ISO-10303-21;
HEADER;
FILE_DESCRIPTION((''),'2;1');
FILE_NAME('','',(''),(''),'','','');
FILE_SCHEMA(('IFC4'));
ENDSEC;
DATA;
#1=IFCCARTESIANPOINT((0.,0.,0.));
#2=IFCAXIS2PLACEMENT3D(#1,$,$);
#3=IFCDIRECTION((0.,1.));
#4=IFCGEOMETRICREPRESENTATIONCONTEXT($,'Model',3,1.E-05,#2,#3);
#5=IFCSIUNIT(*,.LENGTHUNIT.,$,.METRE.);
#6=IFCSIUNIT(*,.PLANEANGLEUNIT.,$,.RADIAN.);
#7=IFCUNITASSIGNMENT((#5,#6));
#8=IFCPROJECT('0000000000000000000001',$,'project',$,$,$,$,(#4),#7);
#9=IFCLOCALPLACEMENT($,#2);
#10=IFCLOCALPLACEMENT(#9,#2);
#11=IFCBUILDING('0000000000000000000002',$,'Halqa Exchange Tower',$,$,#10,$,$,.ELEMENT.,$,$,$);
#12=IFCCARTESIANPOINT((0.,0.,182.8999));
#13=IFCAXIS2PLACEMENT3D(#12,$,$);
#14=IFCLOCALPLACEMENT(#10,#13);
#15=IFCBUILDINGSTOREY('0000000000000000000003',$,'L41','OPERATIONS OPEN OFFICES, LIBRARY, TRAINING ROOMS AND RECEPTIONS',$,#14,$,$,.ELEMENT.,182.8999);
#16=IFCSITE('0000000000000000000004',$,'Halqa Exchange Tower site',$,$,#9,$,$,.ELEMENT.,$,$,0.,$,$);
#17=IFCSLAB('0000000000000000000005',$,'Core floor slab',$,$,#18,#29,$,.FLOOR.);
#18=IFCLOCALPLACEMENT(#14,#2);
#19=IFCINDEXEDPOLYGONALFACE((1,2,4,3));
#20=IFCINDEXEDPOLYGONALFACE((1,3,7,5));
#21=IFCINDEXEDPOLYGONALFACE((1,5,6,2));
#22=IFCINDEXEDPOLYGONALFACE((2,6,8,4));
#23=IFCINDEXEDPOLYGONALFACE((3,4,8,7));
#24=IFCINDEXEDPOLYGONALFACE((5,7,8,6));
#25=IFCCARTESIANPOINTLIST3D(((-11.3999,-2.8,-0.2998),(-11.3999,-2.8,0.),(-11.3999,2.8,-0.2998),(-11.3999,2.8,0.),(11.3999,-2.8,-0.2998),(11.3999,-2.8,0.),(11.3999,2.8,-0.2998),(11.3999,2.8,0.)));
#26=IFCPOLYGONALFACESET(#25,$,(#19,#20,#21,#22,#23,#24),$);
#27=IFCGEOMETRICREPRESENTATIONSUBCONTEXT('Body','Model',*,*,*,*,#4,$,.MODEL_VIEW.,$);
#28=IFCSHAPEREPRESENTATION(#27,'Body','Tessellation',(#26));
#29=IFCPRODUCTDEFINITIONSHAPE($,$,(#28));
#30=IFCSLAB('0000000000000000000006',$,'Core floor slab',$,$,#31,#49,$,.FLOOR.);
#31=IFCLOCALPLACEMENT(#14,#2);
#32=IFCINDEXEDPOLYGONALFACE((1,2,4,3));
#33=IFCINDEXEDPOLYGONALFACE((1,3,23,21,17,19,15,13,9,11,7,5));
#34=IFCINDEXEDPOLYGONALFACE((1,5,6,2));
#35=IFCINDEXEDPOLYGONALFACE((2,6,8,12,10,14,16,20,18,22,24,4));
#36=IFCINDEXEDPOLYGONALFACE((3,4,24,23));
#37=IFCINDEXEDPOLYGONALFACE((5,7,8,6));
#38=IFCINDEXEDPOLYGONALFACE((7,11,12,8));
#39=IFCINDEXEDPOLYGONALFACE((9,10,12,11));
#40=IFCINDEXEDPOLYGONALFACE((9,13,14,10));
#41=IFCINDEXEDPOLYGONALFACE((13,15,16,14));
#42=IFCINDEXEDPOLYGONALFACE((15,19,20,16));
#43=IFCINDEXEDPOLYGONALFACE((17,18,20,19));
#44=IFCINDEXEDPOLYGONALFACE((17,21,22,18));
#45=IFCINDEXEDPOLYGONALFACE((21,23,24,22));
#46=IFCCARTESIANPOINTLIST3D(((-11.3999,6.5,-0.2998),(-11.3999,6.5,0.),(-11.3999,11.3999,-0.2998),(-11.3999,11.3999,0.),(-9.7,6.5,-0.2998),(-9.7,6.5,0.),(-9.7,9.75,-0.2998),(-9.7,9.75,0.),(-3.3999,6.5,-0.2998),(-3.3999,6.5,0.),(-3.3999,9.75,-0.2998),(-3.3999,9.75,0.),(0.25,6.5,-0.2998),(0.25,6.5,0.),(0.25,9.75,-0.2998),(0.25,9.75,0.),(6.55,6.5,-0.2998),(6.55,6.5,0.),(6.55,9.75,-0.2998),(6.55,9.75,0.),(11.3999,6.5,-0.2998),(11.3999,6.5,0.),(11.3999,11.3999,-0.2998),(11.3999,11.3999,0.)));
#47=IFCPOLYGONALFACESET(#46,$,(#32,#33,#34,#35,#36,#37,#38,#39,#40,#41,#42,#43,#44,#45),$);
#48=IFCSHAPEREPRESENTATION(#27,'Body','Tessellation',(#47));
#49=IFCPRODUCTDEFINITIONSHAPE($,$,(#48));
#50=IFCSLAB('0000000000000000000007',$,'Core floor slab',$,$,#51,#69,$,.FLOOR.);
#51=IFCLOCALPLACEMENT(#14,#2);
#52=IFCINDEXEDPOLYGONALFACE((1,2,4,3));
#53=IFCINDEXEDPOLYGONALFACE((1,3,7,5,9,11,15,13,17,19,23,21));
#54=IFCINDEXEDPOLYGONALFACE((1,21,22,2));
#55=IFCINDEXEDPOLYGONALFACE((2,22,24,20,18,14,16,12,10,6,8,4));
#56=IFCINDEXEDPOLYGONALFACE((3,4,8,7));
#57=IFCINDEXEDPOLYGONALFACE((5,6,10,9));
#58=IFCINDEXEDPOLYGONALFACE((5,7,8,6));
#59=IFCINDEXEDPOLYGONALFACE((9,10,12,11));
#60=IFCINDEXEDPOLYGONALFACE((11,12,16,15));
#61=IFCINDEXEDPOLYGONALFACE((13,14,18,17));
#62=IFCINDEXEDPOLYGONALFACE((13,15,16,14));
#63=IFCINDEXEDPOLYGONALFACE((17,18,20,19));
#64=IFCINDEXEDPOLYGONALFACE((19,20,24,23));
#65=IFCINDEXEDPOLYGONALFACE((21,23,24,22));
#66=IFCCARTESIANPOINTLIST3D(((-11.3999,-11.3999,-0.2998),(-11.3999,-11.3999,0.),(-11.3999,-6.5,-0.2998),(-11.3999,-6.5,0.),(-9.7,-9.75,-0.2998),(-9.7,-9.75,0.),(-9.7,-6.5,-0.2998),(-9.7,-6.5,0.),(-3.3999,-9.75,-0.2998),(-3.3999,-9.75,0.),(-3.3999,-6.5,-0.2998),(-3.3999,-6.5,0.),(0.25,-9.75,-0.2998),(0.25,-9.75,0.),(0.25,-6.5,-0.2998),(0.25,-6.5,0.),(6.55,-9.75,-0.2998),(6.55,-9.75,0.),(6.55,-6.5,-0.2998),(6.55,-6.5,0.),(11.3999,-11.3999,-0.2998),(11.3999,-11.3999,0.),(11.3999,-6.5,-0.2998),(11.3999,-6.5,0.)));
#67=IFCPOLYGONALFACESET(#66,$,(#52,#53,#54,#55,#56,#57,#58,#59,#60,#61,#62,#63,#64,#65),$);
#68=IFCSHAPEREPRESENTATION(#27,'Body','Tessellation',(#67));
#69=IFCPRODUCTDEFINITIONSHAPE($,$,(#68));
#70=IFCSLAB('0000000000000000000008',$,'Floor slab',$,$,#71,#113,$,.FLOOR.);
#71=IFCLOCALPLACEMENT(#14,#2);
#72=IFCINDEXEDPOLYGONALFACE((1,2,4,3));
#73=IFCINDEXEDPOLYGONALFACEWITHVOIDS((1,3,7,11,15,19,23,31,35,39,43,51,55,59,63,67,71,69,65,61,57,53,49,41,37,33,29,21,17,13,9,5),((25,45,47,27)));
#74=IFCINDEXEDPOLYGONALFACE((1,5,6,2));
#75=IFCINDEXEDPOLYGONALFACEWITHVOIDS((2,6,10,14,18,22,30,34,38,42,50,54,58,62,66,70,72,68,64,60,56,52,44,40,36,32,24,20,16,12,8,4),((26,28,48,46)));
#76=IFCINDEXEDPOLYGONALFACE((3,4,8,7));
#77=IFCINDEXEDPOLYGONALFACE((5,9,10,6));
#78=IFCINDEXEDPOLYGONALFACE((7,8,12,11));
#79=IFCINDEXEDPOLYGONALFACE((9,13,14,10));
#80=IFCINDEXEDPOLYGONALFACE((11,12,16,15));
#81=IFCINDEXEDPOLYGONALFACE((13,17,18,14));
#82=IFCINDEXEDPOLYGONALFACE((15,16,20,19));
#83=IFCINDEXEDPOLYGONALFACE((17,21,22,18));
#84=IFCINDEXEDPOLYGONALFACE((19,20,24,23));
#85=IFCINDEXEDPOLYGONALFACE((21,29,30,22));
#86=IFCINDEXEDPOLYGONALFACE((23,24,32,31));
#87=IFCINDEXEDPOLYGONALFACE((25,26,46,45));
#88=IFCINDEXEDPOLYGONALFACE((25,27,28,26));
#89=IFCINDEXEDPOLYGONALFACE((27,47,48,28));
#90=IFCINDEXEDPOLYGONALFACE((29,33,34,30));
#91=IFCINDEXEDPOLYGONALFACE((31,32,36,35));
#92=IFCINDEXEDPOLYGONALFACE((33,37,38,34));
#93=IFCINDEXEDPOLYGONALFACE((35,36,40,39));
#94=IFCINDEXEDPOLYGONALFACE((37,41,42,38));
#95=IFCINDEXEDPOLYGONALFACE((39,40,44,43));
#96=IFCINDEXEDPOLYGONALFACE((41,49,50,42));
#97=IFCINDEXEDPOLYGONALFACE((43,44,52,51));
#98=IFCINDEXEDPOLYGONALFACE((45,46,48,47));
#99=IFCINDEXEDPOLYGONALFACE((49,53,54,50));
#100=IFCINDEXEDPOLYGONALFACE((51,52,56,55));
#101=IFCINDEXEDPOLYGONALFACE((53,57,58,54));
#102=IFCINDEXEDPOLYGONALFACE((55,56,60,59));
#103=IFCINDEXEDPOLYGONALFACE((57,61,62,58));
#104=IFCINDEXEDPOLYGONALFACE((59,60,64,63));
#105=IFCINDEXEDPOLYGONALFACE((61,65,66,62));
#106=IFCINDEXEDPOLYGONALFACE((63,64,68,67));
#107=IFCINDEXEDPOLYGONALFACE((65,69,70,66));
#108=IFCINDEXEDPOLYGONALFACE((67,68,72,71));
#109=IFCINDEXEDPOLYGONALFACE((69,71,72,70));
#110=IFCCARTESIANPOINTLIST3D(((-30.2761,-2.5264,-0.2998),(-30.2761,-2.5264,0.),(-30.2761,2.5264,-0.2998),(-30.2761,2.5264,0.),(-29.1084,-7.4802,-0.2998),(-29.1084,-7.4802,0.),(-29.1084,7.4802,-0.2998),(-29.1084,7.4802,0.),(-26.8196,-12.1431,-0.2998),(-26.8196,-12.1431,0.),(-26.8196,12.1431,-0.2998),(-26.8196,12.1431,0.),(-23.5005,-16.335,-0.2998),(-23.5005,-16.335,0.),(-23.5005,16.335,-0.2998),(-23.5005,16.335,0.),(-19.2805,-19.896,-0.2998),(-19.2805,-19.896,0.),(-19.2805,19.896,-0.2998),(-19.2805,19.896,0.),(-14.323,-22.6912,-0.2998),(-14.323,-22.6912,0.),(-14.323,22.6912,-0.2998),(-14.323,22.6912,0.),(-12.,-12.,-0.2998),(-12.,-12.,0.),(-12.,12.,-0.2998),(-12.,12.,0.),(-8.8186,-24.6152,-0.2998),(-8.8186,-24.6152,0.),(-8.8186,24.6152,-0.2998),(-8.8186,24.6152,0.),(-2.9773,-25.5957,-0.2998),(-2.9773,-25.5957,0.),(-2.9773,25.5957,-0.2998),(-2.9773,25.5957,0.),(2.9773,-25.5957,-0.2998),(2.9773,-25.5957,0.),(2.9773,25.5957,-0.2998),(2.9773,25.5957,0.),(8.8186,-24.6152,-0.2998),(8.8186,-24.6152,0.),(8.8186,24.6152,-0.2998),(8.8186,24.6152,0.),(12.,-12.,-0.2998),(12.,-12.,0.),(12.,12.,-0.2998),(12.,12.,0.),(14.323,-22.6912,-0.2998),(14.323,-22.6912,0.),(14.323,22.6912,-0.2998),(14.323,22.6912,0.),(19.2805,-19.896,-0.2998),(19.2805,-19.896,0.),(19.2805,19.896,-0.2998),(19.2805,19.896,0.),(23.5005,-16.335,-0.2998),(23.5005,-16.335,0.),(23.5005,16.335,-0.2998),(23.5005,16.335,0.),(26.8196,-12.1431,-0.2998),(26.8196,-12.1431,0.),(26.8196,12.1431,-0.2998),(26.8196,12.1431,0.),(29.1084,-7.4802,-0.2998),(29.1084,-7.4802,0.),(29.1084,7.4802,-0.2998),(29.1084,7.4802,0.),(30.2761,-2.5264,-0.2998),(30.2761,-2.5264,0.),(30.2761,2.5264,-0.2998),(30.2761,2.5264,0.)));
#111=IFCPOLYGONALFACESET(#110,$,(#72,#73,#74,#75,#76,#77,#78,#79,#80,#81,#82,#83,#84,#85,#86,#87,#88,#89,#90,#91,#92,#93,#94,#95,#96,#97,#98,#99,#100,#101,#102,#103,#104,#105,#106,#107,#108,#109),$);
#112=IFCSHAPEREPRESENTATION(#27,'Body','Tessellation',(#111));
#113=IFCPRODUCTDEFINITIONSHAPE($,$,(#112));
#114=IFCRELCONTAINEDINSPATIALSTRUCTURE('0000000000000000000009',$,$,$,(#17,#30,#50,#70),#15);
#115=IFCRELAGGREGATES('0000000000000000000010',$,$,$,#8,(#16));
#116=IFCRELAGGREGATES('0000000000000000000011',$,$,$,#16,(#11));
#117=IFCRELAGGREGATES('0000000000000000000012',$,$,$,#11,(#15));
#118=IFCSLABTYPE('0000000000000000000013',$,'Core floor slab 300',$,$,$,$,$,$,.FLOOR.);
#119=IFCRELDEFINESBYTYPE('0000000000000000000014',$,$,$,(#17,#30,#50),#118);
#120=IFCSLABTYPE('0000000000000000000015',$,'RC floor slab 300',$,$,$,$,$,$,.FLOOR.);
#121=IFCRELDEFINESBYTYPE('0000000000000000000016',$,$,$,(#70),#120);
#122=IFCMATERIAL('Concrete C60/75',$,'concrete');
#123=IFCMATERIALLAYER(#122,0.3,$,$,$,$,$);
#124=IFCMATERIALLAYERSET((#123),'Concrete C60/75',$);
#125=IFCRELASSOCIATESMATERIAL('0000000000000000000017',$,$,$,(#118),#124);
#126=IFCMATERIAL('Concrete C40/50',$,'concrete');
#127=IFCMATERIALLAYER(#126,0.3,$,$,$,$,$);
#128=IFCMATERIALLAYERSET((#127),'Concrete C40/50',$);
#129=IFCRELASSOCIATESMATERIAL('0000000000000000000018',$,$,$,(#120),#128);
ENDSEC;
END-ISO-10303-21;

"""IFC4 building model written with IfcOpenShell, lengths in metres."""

from ifc_helpers import new_model, si_unit, direction, frame, origin, place, context, subcontext, project, spatial, polyline, outline, extrude, material, layer, layer_set, type_object, element, save


model = new_model("IFC4")

# Units and contexts
model_context = context("Model", 3, precision=1e-05, world=origin(), true_north=direction((0.0, 1.0)))
body_context = subcontext(model_context, "Body", "Model", "MODEL_VIEW")
ifc_project = project(units=[si_unit("LENGTHUNIT", "METRE"), si_unit("PLANEANGLEUNIT", "RADIAN")], contexts=[model_context])

# Site, building, storey
site_placement = place(None, origin())
site = spatial("IfcSite", under=ifc_project, at=site_placement, Name="Halqa Exchange Tower site", CompositionType="ELEMENT", RefElevation=0.0)
building_placement = place(site_placement, origin())
building = spatial("IfcBuilding", under=site, at=building_placement, Name="Halqa Exchange Tower", CompositionType="ELEMENT")
storey_placement = place(building_placement, frame((0.0, 0.0, 182.8999)))
storey = spatial("IfcBuildingStorey", under=building, at=storey_placement, Name="L41", Description="OPERATIONS OPEN OFFICES, LIBRARY, TRAINING ROOMS AND RECEPTIONS", CompositionType="ELEMENT", Elevation=182.8999)

# Slabs
ifc_material_1 = material(Name="Concrete C60/75", Category="concrete")
ifc_layer_1 = layer(ifc_material_1, 0.3)
ifc_layer_set_1 = layer_set([ifc_layer_1], Name="Concrete C60/75")
slab_type_1 = type_object("IfcSlabType", Name="Core floor slab 300", PredefinedType="FLOOR", material=ifc_layer_set_1)
slab_1_placement = place(storey_placement, frame((0.0, 0.0, -0.2998)))
element("IfcSlab", 1, at=slab_1_placement, inside=storey, type_object=slab_type_1, Name="Core floor slab", PredefinedType="FLOOR", context=body_context, shape_type="SweptSolid", body=[
    extrude(outline(polyline([(-11.3999, 2.8), (11.3999, 2.8), (11.3999, -2.8), (-11.3999, -2.8), (-11.3999, 2.8)])), origin(), (0.0, 0.0, 1.0), 0.2998),
])
slab_2_placement = place(storey_placement, frame((0.0, 0.0, -0.2998)))
element("IfcSlab", 2, at=slab_2_placement, inside=storey, type_object=slab_type_1, Name="Core floor slab", PredefinedType="FLOOR", context=body_context, shape_type="SweptSolid", body=[
    extrude(outline(polyline([(-11.3999, 11.3999), (11.3999, 11.3999), (11.3999, 6.5), (6.55, 6.5), (6.55, 9.75), (0.25, 9.75), (0.25, 6.5), (-3.3999, 6.5), (-3.3999, 9.75), (-9.7, 9.75), (-9.7, 6.5), (-11.3999, 6.5), (-11.3999, 11.3999)])), origin(), (0.0, 0.0, 1.0), 0.2998),
])
slab_3_placement = place(storey_placement, frame((0.0, 0.0, -0.2998)))
element("IfcSlab", 3, at=slab_3_placement, inside=storey, type_object=slab_type_1, Name="Core floor slab", PredefinedType="FLOOR", context=body_context, shape_type="SweptSolid", body=[
    extrude(outline(polyline([(-9.7, -9.75), (-3.3999, -9.75), (-3.3999, -6.5), (0.25, -6.5), (0.25, -9.75), (6.55, -9.75), (6.55, -6.5), (11.3999, -6.5), (11.3999, -11.3999), (-11.3999, -11.3999), (-11.3999, -6.5), (-9.7, -6.5), (-9.7, -9.75)])), origin(), (0.0, 0.0, 1.0), 0.2998),
])
ifc_material_2 = material(Name="Concrete C40/50", Category="concrete")
ifc_layer_2 = layer(ifc_material_2, 0.3)
ifc_layer_set_2 = layer_set([ifc_layer_2], Name="Concrete C40/50")
slab_type_2 = type_object("IfcSlabType", Name="RC floor slab 300", PredefinedType="FLOOR", material=ifc_layer_set_2)
slab_4_placement = place(storey_placement, frame((0.0, 0.0, -0.2998)))
element("IfcSlab", 4, at=slab_4_placement, inside=storey, type_object=slab_type_2, Name="Floor slab", PredefinedType="FLOOR", context=body_context, shape_type="SweptSolid", body=[
    extrude(outline(polyline([(30.2761, 2.5264), (29.1084, 7.4802), (26.8196, 12.1431), (23.5005, 16.335), (19.2805, 19.896), (14.323, 22.6912), (8.8186, 24.6152), (2.9773, 25.5957), (-2.9773, 25.5957), (-8.8186, 24.6152), (-14.323, 22.6912), (-19.2805, 19.896), (-23.5005, 16.335), (-26.8196, 12.1431), (-29.1084, 7.4802), (-30.2761, 2.5264), (-30.2761, -2.5264), (-29.1084, -7.4802), (-26.8196, -12.1431), (-23.5005, -16.335), (-19.2805, -19.896), (-14.323, -22.6912), (-8.8186, -24.6152), (-2.9773, -25.5957), (2.9773, -25.5957), (8.8186, -24.6152), (14.323, -22.6912), (19.2805, -19.896), (23.5005, -16.335), (26.8196, -12.1431), (29.1084, -7.4802), (30.2761, -2.5264), (30.2761, 2.5264)]), holes=[polyline([(-12.0, -12.0), (12.0, -12.0), (12.0, 12.0), (-12.0, 12.0), (-12.0, -12.0)])]), origin(), (0.0, 0.0, 1.0), 0.2998),
])

save(model, "model.ifc")
